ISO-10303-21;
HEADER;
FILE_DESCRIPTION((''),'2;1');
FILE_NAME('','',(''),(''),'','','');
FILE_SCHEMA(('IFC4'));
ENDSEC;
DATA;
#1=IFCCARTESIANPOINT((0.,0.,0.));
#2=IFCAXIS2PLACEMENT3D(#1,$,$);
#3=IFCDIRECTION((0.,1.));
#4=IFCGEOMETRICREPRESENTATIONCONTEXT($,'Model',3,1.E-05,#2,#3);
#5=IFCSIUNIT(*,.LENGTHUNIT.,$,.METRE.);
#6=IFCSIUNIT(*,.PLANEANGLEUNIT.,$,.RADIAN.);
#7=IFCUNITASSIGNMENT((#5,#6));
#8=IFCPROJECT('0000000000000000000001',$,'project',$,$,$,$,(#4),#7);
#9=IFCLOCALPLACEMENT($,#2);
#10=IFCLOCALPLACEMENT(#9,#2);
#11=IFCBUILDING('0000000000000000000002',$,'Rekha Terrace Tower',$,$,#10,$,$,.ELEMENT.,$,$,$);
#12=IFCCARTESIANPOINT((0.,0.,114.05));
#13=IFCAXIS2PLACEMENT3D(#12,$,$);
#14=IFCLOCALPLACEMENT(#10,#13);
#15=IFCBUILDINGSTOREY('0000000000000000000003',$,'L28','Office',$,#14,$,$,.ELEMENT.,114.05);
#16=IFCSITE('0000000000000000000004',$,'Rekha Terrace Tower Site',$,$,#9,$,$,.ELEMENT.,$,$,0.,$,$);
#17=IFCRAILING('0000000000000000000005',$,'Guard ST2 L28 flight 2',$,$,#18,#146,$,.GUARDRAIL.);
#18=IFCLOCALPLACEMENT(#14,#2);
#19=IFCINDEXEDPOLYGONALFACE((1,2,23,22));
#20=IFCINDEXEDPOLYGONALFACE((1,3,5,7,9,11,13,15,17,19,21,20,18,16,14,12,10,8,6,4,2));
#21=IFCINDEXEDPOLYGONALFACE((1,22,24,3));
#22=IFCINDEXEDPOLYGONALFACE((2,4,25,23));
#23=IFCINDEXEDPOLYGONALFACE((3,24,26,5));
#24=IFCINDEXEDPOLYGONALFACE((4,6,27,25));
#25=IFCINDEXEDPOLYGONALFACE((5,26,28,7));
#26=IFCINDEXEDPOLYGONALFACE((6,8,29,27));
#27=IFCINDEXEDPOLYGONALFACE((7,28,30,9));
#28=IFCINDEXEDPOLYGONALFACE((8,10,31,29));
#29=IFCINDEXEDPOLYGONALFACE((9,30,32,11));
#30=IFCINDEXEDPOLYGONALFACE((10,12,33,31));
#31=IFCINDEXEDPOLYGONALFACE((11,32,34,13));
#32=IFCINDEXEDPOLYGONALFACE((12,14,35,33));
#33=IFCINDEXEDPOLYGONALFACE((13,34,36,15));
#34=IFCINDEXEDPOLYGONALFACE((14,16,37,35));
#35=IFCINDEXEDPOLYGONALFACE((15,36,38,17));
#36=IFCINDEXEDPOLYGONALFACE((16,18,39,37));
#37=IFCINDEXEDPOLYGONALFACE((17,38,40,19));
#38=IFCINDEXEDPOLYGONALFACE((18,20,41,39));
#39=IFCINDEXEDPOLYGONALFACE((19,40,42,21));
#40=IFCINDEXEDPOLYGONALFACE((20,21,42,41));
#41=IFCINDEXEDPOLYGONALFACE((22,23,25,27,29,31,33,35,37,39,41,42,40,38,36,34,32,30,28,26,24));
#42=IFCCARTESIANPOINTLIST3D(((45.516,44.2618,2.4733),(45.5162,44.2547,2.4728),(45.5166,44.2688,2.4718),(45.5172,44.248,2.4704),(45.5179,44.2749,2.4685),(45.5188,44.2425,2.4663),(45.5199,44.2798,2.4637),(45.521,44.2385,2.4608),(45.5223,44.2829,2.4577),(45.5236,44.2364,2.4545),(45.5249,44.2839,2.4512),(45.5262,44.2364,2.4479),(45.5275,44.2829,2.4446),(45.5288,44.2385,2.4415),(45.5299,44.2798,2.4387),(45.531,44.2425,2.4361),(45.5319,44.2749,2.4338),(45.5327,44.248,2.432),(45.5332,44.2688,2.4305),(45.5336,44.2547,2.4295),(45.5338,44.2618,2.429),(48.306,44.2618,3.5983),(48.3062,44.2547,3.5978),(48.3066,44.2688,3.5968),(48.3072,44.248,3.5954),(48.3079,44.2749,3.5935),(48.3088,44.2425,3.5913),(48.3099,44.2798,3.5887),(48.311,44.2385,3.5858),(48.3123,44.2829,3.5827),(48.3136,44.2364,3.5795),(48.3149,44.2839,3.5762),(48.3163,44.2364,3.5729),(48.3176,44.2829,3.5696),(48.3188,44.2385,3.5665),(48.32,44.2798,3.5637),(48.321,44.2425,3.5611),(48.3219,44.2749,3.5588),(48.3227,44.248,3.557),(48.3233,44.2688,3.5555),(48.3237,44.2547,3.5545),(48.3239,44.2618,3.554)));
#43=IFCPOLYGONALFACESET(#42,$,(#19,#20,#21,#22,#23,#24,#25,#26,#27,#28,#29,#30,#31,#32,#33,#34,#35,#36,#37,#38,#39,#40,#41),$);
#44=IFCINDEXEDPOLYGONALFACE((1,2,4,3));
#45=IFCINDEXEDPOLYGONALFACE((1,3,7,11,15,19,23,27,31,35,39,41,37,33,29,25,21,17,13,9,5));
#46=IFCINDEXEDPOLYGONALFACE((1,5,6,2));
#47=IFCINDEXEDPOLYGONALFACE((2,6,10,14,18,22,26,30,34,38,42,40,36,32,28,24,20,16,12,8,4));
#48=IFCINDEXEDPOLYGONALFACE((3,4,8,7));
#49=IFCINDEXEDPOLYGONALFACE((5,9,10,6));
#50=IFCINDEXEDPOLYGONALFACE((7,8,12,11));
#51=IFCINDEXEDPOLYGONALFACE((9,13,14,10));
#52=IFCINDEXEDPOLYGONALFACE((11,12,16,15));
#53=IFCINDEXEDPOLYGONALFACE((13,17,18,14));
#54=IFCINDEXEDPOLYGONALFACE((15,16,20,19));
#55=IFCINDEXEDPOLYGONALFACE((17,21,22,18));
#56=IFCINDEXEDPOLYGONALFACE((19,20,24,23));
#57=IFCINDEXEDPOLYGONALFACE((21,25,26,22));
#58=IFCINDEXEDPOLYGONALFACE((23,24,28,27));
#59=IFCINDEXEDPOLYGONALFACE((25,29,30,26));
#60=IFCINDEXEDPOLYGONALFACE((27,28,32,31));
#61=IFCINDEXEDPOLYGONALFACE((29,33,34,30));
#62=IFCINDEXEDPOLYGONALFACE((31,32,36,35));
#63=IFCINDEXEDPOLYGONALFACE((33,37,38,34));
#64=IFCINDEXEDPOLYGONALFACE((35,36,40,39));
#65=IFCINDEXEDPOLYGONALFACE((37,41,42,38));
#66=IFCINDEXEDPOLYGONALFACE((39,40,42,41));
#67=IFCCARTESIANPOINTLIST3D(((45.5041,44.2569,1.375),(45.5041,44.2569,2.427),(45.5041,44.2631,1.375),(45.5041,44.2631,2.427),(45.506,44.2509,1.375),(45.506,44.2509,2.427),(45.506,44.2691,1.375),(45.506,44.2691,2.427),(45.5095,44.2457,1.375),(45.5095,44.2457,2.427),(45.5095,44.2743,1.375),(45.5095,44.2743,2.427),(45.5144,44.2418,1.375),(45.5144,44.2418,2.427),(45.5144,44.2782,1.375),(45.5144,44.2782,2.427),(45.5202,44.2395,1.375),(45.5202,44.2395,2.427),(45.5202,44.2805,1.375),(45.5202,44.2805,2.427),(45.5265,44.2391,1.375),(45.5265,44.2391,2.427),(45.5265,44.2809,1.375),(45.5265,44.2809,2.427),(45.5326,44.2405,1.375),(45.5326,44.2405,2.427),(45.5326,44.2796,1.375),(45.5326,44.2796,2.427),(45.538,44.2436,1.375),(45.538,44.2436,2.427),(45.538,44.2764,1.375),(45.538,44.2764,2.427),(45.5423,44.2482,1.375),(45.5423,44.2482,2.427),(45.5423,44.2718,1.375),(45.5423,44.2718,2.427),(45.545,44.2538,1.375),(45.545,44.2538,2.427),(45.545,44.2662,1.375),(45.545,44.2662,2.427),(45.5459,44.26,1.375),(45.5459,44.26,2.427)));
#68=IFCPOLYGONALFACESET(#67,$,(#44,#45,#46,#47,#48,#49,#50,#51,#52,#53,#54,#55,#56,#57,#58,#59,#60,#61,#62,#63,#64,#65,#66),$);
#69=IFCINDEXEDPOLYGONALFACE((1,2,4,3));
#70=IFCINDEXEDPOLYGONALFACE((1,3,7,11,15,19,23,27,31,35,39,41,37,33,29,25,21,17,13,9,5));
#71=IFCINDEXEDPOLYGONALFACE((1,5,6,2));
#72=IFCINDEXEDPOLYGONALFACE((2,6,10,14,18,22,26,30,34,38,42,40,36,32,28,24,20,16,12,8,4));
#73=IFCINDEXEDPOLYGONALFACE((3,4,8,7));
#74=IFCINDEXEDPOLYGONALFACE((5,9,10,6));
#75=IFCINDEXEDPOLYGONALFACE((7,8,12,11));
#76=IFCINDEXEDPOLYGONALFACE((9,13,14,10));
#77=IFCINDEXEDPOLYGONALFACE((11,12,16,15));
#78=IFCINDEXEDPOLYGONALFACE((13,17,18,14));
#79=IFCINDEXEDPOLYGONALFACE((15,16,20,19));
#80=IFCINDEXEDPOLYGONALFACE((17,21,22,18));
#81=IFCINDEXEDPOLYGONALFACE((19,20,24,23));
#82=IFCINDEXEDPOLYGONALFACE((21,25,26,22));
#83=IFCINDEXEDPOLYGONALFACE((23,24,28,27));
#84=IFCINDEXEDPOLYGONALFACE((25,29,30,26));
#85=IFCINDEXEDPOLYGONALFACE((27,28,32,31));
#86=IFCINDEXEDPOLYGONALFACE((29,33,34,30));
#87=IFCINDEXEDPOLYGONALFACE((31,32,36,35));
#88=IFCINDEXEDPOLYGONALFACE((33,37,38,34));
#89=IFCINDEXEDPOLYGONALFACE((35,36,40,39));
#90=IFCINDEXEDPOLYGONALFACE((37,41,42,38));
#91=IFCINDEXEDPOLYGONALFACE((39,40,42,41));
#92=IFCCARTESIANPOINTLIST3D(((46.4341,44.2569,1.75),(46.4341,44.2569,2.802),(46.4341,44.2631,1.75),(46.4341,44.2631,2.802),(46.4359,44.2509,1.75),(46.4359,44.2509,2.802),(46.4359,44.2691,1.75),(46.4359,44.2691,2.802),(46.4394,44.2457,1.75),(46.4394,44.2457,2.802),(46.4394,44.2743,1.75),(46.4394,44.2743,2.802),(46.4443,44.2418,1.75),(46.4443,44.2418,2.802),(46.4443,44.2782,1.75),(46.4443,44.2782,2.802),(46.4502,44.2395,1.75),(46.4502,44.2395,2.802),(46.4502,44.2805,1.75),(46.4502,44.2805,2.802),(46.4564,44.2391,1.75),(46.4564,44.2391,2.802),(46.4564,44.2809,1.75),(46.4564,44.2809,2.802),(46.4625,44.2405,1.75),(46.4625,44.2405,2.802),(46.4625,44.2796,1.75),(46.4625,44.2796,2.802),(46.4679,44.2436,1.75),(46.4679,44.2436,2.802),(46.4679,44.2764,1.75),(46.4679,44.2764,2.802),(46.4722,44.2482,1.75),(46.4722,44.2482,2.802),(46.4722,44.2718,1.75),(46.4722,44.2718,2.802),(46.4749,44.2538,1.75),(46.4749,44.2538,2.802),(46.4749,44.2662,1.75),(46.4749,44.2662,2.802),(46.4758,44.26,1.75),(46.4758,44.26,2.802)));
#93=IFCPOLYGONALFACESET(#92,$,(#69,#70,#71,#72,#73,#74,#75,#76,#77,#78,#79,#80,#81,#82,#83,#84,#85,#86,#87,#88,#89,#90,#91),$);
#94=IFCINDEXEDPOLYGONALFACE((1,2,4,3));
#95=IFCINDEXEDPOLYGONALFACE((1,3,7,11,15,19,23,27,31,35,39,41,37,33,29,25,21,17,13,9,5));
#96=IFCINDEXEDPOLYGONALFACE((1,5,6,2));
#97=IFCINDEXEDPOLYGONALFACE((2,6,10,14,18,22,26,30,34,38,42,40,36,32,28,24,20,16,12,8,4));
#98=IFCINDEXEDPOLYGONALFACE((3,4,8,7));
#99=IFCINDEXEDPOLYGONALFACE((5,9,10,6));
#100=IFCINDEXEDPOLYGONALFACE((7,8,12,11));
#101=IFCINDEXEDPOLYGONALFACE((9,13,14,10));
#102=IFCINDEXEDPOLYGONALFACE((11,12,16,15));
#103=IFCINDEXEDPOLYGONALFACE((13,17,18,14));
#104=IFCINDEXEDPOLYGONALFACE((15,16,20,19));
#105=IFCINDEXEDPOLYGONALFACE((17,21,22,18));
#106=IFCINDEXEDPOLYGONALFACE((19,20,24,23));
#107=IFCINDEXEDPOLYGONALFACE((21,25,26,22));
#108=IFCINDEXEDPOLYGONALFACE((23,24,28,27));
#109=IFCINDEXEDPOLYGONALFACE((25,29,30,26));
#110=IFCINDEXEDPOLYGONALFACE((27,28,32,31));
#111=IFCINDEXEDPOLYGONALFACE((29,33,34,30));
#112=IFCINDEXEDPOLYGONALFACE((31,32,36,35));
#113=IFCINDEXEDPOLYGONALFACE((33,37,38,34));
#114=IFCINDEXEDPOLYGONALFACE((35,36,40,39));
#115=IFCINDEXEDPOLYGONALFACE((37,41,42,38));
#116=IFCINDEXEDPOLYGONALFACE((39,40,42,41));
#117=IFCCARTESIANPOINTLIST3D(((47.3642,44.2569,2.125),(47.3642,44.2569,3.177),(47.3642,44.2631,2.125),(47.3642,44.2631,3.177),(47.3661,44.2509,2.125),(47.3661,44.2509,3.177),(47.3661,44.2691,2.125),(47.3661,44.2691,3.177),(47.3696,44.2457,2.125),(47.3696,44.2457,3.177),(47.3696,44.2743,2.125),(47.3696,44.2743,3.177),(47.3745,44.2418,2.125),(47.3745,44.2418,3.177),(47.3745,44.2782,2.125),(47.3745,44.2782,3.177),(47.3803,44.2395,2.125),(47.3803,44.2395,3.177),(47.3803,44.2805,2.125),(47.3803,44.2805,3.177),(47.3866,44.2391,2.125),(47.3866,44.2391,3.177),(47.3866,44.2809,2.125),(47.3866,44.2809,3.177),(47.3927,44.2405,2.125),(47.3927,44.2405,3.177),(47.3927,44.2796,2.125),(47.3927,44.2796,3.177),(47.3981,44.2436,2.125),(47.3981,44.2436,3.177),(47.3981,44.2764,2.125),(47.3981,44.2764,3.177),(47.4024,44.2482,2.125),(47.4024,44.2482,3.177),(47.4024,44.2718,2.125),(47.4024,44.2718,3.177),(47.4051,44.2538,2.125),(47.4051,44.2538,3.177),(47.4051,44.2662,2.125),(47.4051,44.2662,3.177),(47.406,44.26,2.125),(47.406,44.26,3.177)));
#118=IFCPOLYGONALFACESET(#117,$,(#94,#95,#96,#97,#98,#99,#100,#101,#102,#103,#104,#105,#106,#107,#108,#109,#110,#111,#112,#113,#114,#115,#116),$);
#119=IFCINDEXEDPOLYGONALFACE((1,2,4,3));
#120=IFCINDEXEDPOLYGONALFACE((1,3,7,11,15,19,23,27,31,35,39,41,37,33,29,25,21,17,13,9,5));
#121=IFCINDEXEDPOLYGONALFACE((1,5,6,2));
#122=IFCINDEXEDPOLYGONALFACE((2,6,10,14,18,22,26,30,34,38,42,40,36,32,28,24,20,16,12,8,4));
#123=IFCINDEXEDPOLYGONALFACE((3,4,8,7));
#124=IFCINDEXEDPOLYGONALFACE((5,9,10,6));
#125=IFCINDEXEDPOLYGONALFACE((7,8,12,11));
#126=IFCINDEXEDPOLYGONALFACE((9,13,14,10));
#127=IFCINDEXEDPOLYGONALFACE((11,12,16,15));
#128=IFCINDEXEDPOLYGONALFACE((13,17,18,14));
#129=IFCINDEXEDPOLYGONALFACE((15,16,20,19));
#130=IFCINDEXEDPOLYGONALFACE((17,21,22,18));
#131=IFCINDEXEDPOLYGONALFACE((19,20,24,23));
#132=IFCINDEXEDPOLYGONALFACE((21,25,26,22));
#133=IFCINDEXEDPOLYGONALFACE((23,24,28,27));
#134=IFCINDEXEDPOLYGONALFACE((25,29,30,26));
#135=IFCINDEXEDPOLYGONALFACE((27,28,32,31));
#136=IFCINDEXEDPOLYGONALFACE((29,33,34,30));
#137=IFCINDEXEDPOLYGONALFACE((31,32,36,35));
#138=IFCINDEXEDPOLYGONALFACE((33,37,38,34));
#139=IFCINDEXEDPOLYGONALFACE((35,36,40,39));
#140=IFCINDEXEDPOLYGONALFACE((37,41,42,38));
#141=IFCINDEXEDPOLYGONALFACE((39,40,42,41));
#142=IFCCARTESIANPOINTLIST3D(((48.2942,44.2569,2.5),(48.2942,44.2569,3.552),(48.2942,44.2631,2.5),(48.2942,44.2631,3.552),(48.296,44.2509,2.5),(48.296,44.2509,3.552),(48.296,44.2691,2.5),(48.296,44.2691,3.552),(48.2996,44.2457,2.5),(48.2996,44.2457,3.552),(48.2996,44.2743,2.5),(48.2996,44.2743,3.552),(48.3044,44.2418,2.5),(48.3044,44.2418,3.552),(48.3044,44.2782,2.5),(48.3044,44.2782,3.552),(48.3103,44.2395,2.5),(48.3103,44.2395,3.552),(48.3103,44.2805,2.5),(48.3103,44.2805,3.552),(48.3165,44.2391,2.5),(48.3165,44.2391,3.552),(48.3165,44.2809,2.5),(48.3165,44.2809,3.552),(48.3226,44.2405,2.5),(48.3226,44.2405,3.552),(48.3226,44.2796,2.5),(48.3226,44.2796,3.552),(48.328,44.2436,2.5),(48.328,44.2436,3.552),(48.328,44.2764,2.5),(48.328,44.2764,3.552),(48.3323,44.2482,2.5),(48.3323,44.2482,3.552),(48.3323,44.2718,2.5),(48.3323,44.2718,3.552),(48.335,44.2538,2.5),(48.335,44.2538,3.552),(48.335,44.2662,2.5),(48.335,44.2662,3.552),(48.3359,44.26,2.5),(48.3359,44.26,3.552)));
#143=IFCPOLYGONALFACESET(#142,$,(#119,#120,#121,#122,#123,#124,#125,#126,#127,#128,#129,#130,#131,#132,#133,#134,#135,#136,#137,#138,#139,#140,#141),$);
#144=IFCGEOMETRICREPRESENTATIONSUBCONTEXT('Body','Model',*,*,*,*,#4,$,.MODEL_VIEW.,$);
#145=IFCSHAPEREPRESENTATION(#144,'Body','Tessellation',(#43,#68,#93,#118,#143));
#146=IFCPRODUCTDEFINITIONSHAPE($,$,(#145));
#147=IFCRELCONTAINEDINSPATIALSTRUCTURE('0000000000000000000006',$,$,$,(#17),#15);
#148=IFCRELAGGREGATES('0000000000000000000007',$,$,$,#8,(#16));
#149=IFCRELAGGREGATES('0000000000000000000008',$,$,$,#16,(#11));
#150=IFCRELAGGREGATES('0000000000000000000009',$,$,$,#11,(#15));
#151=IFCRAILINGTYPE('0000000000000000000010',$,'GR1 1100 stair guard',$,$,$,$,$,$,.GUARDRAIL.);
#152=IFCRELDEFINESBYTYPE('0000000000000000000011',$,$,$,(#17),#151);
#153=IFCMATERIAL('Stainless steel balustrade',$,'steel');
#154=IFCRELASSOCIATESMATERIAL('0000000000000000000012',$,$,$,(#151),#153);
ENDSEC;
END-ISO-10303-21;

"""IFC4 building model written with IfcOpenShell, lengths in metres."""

from ifc_helpers import new_model, si_unit, direction, frame, origin, origin_2d, place, context, subcontext, project, spatial, circle, extrude, material, type_object, element, save


model = new_model("IFC4")

# Units and contexts
model_context = context("Model", 3, precision=1e-05, world=origin(), true_north=direction((0.0, 1.0)))
body_context = subcontext(model_context, "Body", "Model", "MODEL_VIEW")
ifc_project = project(units=[si_unit("LENGTHUNIT", "METRE"), si_unit("PLANEANGLEUNIT", "RADIAN")], contexts=[model_context])

# Site, building, storey
site_placement = place(None, origin())
site = spatial("IfcSite", under=ifc_project, at=site_placement, Name="Rekha Terrace Tower Site", CompositionType="ELEMENT", RefElevation=0.0)
building_placement = place(site_placement, origin())
building = spatial("IfcBuilding", under=site, at=building_placement, Name="Rekha Terrace Tower", CompositionType="ELEMENT")
storey_placement = place(building_placement, frame((0.0, 0.0, 114.05)))
storey = spatial("IfcBuildingStorey", under=building, at=storey_placement, Name="L28", Description="Office", CompositionType="ELEMENT", Elevation=114.05)

# Railing
ifc_material_1 = material(Name="Stainless steel balustrade", Category="steel")
railing_type_1 = type_object("IfcRailingType", Name="GR1 1100 stair guard", PredefinedType="GUARDRAIL", material=ifc_material_1)
railing_1_placement = place(storey_placement, frame((45.5249, 44.26, 1.375)))
element("IfcRailing", 1, at=railing_1_placement, inside=storey, type_object=railing_type_1, Name="Guard ST2 L28 flight 2", PredefinedType="GUARDRAIL", context=body_context, shape_type="SweptSolid", body=[
    extrude(circle(Radius=0.0239, at=origin_2d()), frame((0.0, 0.0, 1.0762), z_axis=(0.927443, 0.0, 0.373964), x_axis=(0.0, 1.0, 0.0)), (0.0, 0.0, 1.0), 3.0083),
    extrude(circle(Radius=0.021, at=origin_2d()), origin(), (0.0, 0.0, 1.0), 1.052),
    extrude(circle(Radius=0.021, at=origin_2d()), frame((0.9299, 0.0, 0.375)), (0.0, 0.0, 1.0), 1.052),
    extrude(circle(Radius=0.021, at=origin_2d()), frame((1.8601, 0.0, 0.75)), (0.0, 0.0, 1.0), 1.052),
    extrude(circle(Radius=0.021, at=origin_2d()), frame((2.79, 0.0, 1.125)), (0.0, 0.0, 1.0), 1.052),
])

save(model, "model.ifc")
